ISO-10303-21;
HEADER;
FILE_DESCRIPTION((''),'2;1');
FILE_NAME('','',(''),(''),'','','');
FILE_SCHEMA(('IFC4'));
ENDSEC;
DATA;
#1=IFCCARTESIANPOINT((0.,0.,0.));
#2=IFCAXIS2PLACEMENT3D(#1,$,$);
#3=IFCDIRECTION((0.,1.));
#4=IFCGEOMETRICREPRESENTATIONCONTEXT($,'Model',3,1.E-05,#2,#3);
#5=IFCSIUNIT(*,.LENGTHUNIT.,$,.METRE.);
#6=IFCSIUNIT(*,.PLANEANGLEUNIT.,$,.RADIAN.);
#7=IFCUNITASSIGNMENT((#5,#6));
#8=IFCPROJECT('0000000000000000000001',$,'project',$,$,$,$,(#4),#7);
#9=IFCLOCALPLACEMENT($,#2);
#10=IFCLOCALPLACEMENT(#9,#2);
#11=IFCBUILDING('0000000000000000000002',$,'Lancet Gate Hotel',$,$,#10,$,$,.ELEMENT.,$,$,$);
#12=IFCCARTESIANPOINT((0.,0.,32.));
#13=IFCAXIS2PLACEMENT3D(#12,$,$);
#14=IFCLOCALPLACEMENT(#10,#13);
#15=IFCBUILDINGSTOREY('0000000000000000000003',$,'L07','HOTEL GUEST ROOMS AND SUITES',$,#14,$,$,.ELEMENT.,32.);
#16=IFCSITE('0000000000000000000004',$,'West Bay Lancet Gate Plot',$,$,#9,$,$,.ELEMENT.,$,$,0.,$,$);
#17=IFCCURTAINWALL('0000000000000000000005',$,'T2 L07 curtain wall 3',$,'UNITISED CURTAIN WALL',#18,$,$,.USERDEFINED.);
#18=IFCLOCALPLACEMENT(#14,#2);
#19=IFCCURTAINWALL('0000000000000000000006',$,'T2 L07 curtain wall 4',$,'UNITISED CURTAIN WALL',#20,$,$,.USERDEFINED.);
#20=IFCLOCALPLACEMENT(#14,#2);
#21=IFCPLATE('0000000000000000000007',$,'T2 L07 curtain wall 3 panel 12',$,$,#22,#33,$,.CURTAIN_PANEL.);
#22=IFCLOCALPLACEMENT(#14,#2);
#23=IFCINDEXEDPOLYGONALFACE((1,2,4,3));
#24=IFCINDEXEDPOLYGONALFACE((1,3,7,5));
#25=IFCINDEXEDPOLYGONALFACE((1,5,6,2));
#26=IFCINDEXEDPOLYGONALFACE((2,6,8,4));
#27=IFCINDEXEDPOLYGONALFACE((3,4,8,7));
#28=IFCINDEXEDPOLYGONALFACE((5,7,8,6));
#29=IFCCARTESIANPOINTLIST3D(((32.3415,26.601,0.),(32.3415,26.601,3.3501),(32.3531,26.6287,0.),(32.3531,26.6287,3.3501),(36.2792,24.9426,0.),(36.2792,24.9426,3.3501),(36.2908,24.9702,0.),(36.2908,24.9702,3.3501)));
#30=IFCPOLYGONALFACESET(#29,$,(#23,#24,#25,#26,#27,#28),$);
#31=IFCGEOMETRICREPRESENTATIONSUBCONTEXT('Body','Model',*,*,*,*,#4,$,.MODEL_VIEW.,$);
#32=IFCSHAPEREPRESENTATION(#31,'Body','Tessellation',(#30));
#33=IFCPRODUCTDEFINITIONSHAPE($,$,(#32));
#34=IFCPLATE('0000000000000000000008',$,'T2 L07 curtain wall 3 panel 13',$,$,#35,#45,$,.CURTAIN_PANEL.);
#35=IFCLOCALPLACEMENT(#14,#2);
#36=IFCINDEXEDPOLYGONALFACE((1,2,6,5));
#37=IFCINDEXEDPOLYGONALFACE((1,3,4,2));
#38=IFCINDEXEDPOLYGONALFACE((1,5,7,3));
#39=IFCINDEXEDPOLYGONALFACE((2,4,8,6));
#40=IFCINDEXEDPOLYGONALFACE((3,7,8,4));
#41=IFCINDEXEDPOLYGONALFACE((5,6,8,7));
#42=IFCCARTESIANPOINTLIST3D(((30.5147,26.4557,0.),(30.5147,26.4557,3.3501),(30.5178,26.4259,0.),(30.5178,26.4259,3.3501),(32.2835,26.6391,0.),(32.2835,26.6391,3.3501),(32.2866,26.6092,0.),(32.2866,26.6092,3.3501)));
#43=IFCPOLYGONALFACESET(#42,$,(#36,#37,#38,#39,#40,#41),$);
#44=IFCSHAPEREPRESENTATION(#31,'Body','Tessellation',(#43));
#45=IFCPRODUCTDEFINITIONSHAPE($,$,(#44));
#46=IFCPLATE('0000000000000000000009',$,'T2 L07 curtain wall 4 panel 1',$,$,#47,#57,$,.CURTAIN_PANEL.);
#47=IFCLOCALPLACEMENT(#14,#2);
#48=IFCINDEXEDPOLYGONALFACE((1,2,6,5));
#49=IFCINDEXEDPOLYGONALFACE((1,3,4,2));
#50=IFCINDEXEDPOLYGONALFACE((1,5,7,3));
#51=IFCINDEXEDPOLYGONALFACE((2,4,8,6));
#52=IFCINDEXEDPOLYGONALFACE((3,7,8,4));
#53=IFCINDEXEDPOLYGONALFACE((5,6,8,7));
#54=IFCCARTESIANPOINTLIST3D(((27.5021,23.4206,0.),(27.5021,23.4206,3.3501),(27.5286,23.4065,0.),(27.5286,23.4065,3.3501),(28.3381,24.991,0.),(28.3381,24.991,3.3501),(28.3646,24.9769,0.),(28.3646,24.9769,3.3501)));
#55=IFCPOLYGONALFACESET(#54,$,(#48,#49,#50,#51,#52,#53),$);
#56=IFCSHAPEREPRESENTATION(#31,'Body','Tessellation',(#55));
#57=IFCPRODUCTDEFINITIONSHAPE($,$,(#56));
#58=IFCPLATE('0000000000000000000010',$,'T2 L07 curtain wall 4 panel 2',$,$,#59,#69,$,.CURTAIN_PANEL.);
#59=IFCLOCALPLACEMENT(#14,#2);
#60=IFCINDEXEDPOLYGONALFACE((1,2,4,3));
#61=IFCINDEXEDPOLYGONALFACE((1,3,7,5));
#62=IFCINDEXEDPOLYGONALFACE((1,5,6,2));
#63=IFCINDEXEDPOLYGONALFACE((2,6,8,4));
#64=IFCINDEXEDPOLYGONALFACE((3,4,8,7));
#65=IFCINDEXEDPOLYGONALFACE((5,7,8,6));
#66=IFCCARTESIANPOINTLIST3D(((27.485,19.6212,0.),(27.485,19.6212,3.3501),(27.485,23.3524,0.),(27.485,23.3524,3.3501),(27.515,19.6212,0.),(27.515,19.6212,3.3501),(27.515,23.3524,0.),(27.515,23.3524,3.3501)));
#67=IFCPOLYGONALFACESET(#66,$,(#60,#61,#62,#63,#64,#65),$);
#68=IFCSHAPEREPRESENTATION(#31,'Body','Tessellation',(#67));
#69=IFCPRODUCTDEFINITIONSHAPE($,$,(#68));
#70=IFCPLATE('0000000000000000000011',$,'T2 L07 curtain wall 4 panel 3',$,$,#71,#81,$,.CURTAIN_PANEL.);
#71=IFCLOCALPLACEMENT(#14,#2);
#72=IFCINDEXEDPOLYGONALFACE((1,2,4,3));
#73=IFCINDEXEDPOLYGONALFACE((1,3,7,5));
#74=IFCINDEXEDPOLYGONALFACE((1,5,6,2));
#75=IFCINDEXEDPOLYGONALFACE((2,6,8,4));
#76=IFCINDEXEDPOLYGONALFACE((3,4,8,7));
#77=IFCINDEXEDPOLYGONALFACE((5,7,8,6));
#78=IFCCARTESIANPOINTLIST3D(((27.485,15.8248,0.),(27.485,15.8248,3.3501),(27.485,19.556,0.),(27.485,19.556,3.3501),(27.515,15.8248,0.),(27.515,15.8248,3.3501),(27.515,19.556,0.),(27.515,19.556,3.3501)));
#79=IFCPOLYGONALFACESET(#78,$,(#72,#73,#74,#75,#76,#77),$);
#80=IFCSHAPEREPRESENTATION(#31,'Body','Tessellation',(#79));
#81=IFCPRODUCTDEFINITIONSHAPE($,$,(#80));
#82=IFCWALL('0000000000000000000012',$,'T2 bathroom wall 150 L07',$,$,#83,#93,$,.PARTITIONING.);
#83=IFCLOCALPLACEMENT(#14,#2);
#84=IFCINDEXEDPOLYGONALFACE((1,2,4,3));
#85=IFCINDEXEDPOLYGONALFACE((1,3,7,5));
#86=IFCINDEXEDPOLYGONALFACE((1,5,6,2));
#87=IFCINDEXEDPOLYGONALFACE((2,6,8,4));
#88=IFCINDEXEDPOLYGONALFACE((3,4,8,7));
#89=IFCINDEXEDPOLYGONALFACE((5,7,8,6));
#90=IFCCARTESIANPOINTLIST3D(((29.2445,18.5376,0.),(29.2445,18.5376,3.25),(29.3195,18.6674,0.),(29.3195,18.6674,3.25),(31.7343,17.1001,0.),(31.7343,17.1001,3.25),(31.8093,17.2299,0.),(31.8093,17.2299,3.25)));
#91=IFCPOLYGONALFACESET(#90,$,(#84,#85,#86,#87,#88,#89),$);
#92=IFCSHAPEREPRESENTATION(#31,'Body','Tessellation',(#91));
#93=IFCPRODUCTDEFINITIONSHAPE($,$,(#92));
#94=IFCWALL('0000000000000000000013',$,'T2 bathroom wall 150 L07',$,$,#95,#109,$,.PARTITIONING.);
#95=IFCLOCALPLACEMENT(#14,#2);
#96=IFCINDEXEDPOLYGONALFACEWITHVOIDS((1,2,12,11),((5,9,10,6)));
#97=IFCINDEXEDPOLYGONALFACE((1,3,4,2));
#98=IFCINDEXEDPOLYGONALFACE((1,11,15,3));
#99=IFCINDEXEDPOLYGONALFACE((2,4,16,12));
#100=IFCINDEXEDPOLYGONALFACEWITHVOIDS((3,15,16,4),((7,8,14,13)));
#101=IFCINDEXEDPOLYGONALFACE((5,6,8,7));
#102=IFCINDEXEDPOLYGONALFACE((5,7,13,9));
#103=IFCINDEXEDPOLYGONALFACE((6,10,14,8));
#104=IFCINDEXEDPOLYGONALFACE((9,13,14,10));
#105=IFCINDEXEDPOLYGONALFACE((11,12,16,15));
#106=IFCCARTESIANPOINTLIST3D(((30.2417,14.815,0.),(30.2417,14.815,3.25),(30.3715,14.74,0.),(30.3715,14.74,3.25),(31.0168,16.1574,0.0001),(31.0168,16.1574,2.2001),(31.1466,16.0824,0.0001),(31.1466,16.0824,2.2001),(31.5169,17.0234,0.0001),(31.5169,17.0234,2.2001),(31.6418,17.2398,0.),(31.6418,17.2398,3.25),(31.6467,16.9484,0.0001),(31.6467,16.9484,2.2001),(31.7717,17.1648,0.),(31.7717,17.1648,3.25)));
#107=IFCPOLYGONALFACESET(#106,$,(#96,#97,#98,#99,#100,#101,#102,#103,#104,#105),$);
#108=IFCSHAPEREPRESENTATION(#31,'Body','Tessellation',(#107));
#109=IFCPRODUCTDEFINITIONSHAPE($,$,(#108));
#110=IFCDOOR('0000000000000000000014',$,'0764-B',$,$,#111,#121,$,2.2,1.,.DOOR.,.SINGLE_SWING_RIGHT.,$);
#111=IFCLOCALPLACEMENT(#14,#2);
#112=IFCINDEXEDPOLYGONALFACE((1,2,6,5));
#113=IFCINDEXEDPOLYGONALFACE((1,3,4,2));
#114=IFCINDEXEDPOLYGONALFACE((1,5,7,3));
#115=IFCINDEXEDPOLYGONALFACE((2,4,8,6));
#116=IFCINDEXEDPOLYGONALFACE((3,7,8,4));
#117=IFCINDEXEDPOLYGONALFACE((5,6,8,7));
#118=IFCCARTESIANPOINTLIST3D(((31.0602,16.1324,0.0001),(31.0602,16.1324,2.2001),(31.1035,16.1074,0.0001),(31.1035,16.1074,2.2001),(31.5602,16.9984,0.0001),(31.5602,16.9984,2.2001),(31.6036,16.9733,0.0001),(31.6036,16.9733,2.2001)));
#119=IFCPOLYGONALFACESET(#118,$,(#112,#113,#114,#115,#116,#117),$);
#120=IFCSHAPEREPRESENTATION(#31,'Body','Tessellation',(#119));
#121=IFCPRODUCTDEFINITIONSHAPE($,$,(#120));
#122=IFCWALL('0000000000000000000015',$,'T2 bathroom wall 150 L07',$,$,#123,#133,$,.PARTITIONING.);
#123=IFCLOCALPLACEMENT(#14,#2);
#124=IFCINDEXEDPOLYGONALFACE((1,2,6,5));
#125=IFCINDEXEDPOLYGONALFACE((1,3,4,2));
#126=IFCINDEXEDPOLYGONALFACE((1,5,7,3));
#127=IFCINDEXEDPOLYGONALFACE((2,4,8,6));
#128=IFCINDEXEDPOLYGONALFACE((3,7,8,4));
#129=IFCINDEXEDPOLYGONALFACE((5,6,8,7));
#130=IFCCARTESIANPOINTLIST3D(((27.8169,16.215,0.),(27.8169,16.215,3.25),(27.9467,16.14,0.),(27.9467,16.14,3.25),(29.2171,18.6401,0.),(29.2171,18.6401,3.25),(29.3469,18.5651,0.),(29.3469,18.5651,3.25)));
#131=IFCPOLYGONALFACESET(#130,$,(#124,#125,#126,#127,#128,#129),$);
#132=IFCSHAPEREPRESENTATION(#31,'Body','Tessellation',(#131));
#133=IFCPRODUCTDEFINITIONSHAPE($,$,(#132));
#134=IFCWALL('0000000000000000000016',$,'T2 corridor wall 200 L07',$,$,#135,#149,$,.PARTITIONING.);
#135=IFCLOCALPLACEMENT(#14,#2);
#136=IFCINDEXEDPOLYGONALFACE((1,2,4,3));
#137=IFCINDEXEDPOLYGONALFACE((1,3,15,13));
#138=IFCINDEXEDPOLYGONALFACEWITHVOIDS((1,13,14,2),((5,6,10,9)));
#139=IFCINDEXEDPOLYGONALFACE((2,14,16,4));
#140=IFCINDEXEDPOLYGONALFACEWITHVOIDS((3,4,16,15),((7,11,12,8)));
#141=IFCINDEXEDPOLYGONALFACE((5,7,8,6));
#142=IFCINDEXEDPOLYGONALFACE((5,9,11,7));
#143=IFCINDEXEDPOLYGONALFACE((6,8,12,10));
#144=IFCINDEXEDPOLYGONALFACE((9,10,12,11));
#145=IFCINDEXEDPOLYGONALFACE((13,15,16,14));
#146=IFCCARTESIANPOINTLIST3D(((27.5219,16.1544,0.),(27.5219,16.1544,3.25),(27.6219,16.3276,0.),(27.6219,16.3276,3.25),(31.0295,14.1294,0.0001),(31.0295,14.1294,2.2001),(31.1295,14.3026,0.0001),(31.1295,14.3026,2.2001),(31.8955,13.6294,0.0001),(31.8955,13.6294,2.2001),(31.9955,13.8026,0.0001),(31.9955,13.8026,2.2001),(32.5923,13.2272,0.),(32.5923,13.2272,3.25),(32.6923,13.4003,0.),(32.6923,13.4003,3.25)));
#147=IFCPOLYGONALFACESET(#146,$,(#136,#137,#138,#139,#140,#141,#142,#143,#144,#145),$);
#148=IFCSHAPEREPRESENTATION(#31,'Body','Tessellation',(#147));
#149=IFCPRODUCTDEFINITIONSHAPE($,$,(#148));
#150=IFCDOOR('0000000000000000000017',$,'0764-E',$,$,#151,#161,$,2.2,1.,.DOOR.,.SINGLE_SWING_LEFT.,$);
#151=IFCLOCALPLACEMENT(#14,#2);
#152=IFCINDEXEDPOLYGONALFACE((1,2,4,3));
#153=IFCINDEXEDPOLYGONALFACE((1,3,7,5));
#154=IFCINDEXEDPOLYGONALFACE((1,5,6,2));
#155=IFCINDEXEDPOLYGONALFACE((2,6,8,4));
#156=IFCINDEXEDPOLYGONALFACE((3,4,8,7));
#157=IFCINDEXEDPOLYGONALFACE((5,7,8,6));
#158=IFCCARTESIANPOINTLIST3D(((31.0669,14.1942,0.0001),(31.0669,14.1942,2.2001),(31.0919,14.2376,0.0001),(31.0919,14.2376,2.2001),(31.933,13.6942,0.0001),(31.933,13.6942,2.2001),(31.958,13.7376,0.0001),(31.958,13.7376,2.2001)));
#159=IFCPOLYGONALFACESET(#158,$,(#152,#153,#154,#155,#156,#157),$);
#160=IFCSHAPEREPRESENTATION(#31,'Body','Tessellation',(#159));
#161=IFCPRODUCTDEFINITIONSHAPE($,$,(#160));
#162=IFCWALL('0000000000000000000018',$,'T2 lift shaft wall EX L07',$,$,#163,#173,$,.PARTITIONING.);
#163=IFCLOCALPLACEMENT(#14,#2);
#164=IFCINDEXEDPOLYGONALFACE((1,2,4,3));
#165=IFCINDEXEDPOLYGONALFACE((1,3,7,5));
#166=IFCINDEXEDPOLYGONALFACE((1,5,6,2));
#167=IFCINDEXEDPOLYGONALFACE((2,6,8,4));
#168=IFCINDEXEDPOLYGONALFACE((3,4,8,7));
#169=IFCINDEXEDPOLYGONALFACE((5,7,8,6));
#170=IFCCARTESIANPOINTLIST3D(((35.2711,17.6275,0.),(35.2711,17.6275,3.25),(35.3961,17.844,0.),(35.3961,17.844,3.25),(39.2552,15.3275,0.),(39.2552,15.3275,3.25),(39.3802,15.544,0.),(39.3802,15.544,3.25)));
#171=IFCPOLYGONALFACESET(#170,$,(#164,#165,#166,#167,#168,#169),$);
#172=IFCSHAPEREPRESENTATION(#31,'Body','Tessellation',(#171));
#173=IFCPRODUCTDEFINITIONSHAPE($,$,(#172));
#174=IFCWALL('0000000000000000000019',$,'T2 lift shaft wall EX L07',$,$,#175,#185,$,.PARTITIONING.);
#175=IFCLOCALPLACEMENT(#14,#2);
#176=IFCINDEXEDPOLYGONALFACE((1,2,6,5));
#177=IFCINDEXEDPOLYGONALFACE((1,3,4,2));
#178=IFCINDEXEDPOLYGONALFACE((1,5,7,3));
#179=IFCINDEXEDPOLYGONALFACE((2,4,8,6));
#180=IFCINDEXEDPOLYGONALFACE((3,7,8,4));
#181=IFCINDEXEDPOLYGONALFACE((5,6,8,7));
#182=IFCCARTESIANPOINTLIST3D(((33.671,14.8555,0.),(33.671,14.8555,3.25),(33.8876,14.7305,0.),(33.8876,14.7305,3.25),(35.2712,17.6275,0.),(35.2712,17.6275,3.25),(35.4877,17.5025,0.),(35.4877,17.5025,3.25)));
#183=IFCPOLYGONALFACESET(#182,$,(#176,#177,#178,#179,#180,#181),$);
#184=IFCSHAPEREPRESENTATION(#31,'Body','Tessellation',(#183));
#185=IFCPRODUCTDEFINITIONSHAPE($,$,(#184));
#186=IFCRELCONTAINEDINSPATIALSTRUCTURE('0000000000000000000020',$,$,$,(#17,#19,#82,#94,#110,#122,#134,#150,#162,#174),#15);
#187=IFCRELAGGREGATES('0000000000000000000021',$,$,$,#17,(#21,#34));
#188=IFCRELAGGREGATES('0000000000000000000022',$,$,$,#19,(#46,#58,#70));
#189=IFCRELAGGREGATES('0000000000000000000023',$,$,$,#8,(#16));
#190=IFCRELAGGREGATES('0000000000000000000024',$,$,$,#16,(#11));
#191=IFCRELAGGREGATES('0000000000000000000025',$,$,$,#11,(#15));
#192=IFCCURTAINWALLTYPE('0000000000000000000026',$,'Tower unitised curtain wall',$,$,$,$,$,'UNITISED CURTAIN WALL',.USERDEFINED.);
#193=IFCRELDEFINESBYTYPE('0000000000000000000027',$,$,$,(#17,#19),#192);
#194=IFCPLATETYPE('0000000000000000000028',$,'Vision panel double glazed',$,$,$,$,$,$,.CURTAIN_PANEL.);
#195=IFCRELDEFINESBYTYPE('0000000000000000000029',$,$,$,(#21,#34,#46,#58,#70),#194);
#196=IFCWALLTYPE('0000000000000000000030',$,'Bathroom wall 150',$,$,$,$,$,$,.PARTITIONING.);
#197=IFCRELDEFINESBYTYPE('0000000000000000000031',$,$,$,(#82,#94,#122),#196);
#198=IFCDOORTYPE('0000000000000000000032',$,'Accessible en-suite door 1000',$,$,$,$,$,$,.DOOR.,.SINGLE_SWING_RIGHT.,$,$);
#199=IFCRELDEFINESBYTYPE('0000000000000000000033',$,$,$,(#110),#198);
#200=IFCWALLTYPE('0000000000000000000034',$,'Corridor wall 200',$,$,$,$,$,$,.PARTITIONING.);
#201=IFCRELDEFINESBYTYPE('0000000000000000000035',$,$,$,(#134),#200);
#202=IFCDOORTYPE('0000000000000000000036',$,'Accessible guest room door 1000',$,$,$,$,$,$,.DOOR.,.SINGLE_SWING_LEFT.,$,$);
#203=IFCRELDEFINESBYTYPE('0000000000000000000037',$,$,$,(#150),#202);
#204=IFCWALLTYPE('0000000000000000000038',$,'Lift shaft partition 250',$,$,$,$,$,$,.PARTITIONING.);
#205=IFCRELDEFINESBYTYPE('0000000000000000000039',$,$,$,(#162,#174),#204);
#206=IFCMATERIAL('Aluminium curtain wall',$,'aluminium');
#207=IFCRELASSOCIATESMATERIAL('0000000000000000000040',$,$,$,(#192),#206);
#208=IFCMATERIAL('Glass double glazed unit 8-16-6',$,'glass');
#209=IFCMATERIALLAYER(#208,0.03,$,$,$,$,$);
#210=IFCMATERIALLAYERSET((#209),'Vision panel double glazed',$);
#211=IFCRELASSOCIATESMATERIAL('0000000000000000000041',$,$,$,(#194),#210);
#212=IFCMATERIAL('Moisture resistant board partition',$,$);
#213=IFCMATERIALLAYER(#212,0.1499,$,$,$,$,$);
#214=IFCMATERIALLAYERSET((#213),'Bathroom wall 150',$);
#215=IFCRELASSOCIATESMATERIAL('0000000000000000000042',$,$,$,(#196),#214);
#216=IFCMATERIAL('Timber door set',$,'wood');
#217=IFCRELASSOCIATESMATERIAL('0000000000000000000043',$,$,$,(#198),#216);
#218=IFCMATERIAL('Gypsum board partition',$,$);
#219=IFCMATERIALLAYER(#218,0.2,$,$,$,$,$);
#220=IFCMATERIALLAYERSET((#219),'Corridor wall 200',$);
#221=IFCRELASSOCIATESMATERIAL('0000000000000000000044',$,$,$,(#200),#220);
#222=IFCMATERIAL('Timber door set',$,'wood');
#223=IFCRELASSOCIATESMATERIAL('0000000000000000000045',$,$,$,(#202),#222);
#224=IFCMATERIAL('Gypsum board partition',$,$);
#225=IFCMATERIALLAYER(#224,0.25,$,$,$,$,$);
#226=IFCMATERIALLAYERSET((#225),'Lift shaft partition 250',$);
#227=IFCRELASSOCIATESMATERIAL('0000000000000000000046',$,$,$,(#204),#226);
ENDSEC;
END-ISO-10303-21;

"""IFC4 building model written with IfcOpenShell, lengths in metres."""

from ifc_helpers import new_model, si_unit, direction, frame, frame_2d, origin, origin_2d, place, context, subcontext, project, spatial, rectangle, extrude, material, layer, layer_set, type_object, element, fill, aggregate, save


model = new_model("IFC4")

# Units and contexts
model_context = context("Model", 3, precision=1e-05, world=origin(), true_north=direction((0.0, 1.0)))
body_context = subcontext(model_context, "Body", "Model", "MODEL_VIEW")
ifc_project = project(units=[si_unit("LENGTHUNIT", "METRE"), si_unit("PLANEANGLEUNIT", "RADIAN")], contexts=[model_context])

# Site, building, storey
site_placement = place(None, origin())
site = spatial("IfcSite", under=ifc_project, at=site_placement, Name="West Bay Lancet Gate Plot", CompositionType="ELEMENT", RefElevation=0.0)
building_placement = place(site_placement, origin())
building = spatial("IfcBuilding", under=site, at=building_placement, Name="Lancet Gate Hotel", CompositionType="ELEMENT")
storey_placement = place(building_placement, frame((0.0, 0.0, 32.0)))
storey = spatial("IfcBuildingStorey", under=building, at=storey_placement, Name="L07", Description="HOTEL GUEST ROOMS AND SUITES", CompositionType="ELEMENT", Elevation=32.0)

# Curtain walls
ifc_material_1 = material(Name="Aluminium curtain wall", Category="aluminium")
curtain_wall_type = type_object("IfcCurtainWallType", Name="Tower unitised curtain wall", ElementType="UNITISED CURTAIN WALL", PredefinedType="USERDEFINED", material=ifc_material_1)
curtain_wall_1_placement = place(storey_placement, origin())
curtain_wall_1 = element("IfcCurtainWall", 1, at=curtain_wall_1_placement, inside=storey, type_object=curtain_wall_type, Name="T2 L07 curtain wall 3", ObjectType="UNITISED CURTAIN WALL", PredefinedType="USERDEFINED")
curtain_wall_2_placement = place(storey_placement, origin())
curtain_wall_2 = element("IfcCurtainWall", 2, at=curtain_wall_2_placement, inside=storey, type_object=curtain_wall_type, Name="T2 L07 curtain wall 4", ObjectType="UNITISED CURTAIN WALL", PredefinedType="USERDEFINED")

# Plates
ifc_material_2 = material(Name="Glass double glazed unit 8-16-6", Category="glass")
ifc_layer_1 = layer(ifc_material_2, 0.03)
ifc_layer_set_1 = layer_set([ifc_layer_1], Name="Vision panel double glazed")
plate_type = type_object("IfcPlateType", Name="Vision panel double glazed", PredefinedType="CURTAIN_PANEL", material=ifc_layer_set_1)
plate_1_placement = place(storey_placement, frame((34.3162, 25.7856, 0.0), z_axis=(0.0, 0.0, 1.0), x_axis=(-0.921593, 0.388157, 0.0)))
plate_1 = element("IfcPlate", 3, at=plate_1_placement, type_object=plate_type, Name="T2 L07 curtain wall 3 panel 12", PredefinedType="CURTAIN_PANEL", context=body_context, shape_type="SweptSolid", body=[
    extrude(rectangle(XDim=4.2727, YDim=0.03, at=origin_2d()), origin(), (0.0, 0.0, 1.0), 3.3501),
])
plate_2_placement = place(storey_placement, frame((31.4006, 26.5325, 0.0), z_axis=(0.0, 0.0, 1.0), x_axis=(-0.994672, -0.103088, 0.0)))
plate_2 = element("IfcPlate", 4, at=plate_2_placement, type_object=plate_type, Name="T2 L07 curtain wall 3 panel 13", PredefinedType="CURTAIN_PANEL", context=body_context, shape_type="SweptSolid", body=[
    extrude(rectangle(XDim=1.7783, YDim=0.03, at=origin_2d()), origin(), (0.0, 0.0, 1.0), 3.3501),
])
aggregate(curtain_wall_1, [plate_1, plate_2])
plate_3_placement = place(storey_placement, frame((27.9333, 24.1987, 0.0), z_axis=(0.0, 0.0, 1.0), x_axis=(-0.469898, -0.882721, 0.0)))
plate_3 = element("IfcPlate", 5, at=plate_3_placement, type_object=plate_type, Name="T2 L07 curtain wall 4 panel 1", PredefinedType="CURTAIN_PANEL", context=body_context, shape_type="SweptSolid", body=[
    extrude(rectangle(XDim=1.7791, YDim=0.03, at=origin_2d()), origin(), (0.0, 0.0, 1.0), 3.3501),
])
plate_4_placement = place(storey_placement, frame((27.5, 21.4868, 0.0), z_axis=(0.0, 0.0, 1.0), x_axis=(0.0, -1.0, 0.0)))
plate_4 = element("IfcPlate", 6, at=plate_4_placement, type_object=plate_type, Name="T2 L07 curtain wall 4 panel 2", PredefinedType="CURTAIN_PANEL", context=body_context, shape_type="SweptSolid", body=[
    extrude(rectangle(XDim=3.7312, YDim=0.03, at=origin_2d()), origin(), (0.0, 0.0, 1.0), 3.3501),
])
plate_5_placement = place(storey_placement, frame((27.5, 17.6904, 0.0), z_axis=(0.0, 0.0, 1.0), x_axis=(0.0, -1.0, 0.0)))
plate_5 = element("IfcPlate", 7, at=plate_5_placement, type_object=plate_type, Name="T2 L07 curtain wall 4 panel 3", PredefinedType="CURTAIN_PANEL", context=body_context, shape_type="SweptSolid", body=[
    extrude(rectangle(XDim=3.7312, YDim=0.03, at=origin_2d()), origin(), (0.0, 0.0, 1.0), 3.3501),
])
aggregate(curtain_wall_2, [plate_3, plate_4, plate_5])

# Wall
ifc_material_3 = material(Name="Moisture resistant board partition")
ifc_layer_2 = layer(ifc_material_3, 0.1499)
ifc_layer_set_2 = layer_set([ifc_layer_2], Name="Bathroom wall 150")
wall_type_1 = type_object("IfcWallType", Name="Bathroom wall 150", PredefinedType="PARTITIONING", material=ifc_layer_set_2)
wall_1_placement = place(storey_placement, frame((29.282, 18.6025, 0.0), z_axis=(0.0, 0.0, 1.0), x_axis=(0.866019, -0.500012, 0.0)))
element("IfcWall", 8, at=wall_1_placement, inside=storey, type_object=wall_type_1, Name="T2 bathroom wall 150 L07", PredefinedType="PARTITIONING", context=body_context, shape_type="SweptSolid", body=[
    extrude(rectangle(XDim=2.875, YDim=0.1499, at=frame_2d((1.4375, 0.0))), origin(), (0.0, 0.0, 1.0), 3.25),
])

# Wall, opening, door
wall_2_placement = place(storey_placement, frame((30.3066, 14.7776, 0.0), z_axis=(0.0, 0.0, 1.0), x_axis=(0.50005, 0.865997, 0.0)))
wall_2 = element("IfcWall", 9, at=wall_2_placement, inside=storey, type_object=wall_type_1, Name="T2 bathroom wall 150 L07", PredefinedType="PARTITIONING", context=body_context, shape_type="SweptSolid", body=[
    extrude(rectangle(XDim=2.8, YDim=0.1499, at=frame_2d((1.3999, 0.0))), origin(), (0.0, 0.0, 1.0), 3.25),
])
opening_1_placement = place(wall_2_placement, frame((1.55, 0.0, 0.0)))
opening_1 = element("IfcOpeningElement", 10, at=opening_1_placement, cuts=wall_2, PredefinedType="OPENING", context=body_context, shape_type="SweptSolid", body=[
    extrude(rectangle(XDim=1.0, YDim=2.2, at=frame_2d((0.5, 1.1001))), frame((0.0, 0.085, 0.0), z_axis=(0.0, -1.0, 0.0), x_axis=(1.0, 0.0, 0.0)), (0.0, 0.0, 1.0), 0.1699),
])
ifc_material_4 = material(Name="Timber door set", Category="wood")
door_type_1 = type_object("IfcDoorType", Name="Accessible en-suite door 1000", OperationType="SINGLE_SWING_RIGHT", PredefinedType="DOOR", material=ifc_material_4)
door_1_placement = place(opening_1_placement, origin())
door_1 = element("IfcDoor", 11, at=door_1_placement, inside=storey, type_object=door_type_1, Name="0764-B", OperationType="SINGLE_SWING_RIGHT", OverallHeight=2.2, OverallWidth=1.0, PredefinedType="DOOR", context=body_context, shape_type="SweptSolid", body=[
    extrude(rectangle(XDim=1.0, YDim=2.2, at=frame_2d((0.5, 1.1001))), frame((0.0, 0.0249, 0.0), z_axis=(0.0, -1.0, 0.0), x_axis=(1.0, 0.0, 0.0)), (0.0, 0.0, 1.0), 0.05),
])
fill(opening_1, door_1)

# Wall
wall_3_placement = place(storey_placement, frame((27.8818, 16.1775, 0.0), z_axis=(0.0, 0.0, 1.0), x_axis=(0.500012, 0.866019, 0.0)))
element("IfcWall", 12, at=wall_3_placement, inside=storey, type_object=wall_type_1, Name="T2 bathroom wall 150 L07", PredefinedType="PARTITIONING", context=body_context, shape_type="SweptSolid", body=[
    extrude(rectangle(XDim=2.8003, YDim=0.1499, at=frame_2d((1.4001, 0.0))), origin(), (0.0, 0.0, 1.0), 3.25),
])

# Wall, opening, door
ifc_material_5 = material(Name="Gypsum board partition")
ifc_layer_3 = layer(ifc_material_5, 0.2)
ifc_layer_set_3 = layer_set([ifc_layer_3], Name="Corridor wall 200")
wall_type_2 = type_object("IfcWallType", Name="Corridor wall 200", PredefinedType="PARTITIONING", material=ifc_layer_set_3)
wall_4_placement = place(storey_placement, frame((27.572, 16.241, 0.0), z_axis=(0.0, 0.0, 1.0), x_axis=(0.866033, -0.499987, 0.0)))
wall_4 = element("IfcWall", 13, at=wall_4_placement, inside=storey, type_object=wall_type_2, Name="T2 corridor wall 200 L07", PredefinedType="PARTITIONING", context=body_context, shape_type="SweptSolid", body=[
    extrude(rectangle(XDim=5.8547, YDim=0.2, at=frame_2d((2.9272, 0.0))), origin(), (0.0, 0.0, 1.0), 3.25),
])
opening_2_placement = place(wall_4_placement, frame((4.05, 0.0, 0.0)))
opening_2 = element("IfcOpeningElement", 14, at=opening_2_placement, cuts=wall_4, PredefinedType="OPENING", context=body_context, shape_type="SweptSolid", body=[
    extrude(rectangle(XDim=1.0, YDim=2.2, at=frame_2d((0.5, 1.1001))), frame((0.0, 0.1099, 0.0), z_axis=(0.0, -1.0, 0.0), x_axis=(1.0, 0.0, 0.0)), (0.0, 0.0, 1.0), 0.22),
])
ifc_material_6 = material(Name="Timber door set", Category="wood")
door_type_2 = type_object("IfcDoorType", Name="Accessible guest room door 1000", OperationType="SINGLE_SWING_LEFT", PredefinedType="DOOR", material=ifc_material_6)
door_2_placement = place(opening_2_placement, origin())
door_2 = element("IfcDoor", 15, at=door_2_placement, inside=storey, type_object=door_type_2, Name="0764-E", OperationType="SINGLE_SWING_LEFT", OverallHeight=2.2, OverallWidth=1.0, PredefinedType="DOOR", context=body_context, shape_type="SweptSolid", body=[
    extrude(rectangle(XDim=1.0, YDim=2.2, at=frame_2d((0.5, 1.1001))), frame((0.0, 0.0249, 0.0), z_axis=(0.0, -1.0, 0.0), x_axis=(1.0, 0.0, 0.0)), (0.0, 0.0, 1.0), 0.05),
])
fill(opening_2, door_2)

# Walls
ifc_material_7 = material(Name="Gypsum board partition")
ifc_layer_4 = layer(ifc_material_7, 0.25)
ifc_layer_set_4 = layer_set([ifc_layer_4], Name="Lift shaft partition 250")
wall_type_3 = type_object("IfcWallType", Name="Lift shaft partition 250", PredefinedType="PARTITIONING", material=ifc_layer_set_4)
wall_5_placement = place(storey_placement, frame((35.3335, 17.7358, 0.0), z_axis=(0.0, 0.0, 1.0), x_axis=(0.866043, -0.499969, 0.0)))
element("IfcWall", 16, at=wall_5_placement, inside=storey, type_object=wall_type_3, Name="T2 lift shaft wall EX L07", PredefinedType="PARTITIONING", context=body_context, shape_type="SweptSolid", body=[
    extrude(rectangle(XDim=4.6003, YDim=0.25, at=frame_2d((2.3003, 0.0))), origin(), (0.0, 0.0, 1.0), 3.25),
])
wall_6_placement = place(storey_placement, frame((33.7793, 14.793, 0.0), z_axis=(0.0, 0.0, 1.0), x_axis=(0.499929, 0.866066, 0.0)))
element("IfcWall", 17, at=wall_6_placement, inside=storey, type_object=wall_type_3, Name="T2 lift shaft wall EX L07", PredefinedType="PARTITIONING", context=body_context, shape_type="SweptSolid", body=[
    extrude(rectangle(XDim=3.2007, YDim=0.25, at=frame_2d((1.6003, 0.0))), origin(), (0.0, 0.0, 1.0), 3.25),
])

save(model, "model.ifc")
